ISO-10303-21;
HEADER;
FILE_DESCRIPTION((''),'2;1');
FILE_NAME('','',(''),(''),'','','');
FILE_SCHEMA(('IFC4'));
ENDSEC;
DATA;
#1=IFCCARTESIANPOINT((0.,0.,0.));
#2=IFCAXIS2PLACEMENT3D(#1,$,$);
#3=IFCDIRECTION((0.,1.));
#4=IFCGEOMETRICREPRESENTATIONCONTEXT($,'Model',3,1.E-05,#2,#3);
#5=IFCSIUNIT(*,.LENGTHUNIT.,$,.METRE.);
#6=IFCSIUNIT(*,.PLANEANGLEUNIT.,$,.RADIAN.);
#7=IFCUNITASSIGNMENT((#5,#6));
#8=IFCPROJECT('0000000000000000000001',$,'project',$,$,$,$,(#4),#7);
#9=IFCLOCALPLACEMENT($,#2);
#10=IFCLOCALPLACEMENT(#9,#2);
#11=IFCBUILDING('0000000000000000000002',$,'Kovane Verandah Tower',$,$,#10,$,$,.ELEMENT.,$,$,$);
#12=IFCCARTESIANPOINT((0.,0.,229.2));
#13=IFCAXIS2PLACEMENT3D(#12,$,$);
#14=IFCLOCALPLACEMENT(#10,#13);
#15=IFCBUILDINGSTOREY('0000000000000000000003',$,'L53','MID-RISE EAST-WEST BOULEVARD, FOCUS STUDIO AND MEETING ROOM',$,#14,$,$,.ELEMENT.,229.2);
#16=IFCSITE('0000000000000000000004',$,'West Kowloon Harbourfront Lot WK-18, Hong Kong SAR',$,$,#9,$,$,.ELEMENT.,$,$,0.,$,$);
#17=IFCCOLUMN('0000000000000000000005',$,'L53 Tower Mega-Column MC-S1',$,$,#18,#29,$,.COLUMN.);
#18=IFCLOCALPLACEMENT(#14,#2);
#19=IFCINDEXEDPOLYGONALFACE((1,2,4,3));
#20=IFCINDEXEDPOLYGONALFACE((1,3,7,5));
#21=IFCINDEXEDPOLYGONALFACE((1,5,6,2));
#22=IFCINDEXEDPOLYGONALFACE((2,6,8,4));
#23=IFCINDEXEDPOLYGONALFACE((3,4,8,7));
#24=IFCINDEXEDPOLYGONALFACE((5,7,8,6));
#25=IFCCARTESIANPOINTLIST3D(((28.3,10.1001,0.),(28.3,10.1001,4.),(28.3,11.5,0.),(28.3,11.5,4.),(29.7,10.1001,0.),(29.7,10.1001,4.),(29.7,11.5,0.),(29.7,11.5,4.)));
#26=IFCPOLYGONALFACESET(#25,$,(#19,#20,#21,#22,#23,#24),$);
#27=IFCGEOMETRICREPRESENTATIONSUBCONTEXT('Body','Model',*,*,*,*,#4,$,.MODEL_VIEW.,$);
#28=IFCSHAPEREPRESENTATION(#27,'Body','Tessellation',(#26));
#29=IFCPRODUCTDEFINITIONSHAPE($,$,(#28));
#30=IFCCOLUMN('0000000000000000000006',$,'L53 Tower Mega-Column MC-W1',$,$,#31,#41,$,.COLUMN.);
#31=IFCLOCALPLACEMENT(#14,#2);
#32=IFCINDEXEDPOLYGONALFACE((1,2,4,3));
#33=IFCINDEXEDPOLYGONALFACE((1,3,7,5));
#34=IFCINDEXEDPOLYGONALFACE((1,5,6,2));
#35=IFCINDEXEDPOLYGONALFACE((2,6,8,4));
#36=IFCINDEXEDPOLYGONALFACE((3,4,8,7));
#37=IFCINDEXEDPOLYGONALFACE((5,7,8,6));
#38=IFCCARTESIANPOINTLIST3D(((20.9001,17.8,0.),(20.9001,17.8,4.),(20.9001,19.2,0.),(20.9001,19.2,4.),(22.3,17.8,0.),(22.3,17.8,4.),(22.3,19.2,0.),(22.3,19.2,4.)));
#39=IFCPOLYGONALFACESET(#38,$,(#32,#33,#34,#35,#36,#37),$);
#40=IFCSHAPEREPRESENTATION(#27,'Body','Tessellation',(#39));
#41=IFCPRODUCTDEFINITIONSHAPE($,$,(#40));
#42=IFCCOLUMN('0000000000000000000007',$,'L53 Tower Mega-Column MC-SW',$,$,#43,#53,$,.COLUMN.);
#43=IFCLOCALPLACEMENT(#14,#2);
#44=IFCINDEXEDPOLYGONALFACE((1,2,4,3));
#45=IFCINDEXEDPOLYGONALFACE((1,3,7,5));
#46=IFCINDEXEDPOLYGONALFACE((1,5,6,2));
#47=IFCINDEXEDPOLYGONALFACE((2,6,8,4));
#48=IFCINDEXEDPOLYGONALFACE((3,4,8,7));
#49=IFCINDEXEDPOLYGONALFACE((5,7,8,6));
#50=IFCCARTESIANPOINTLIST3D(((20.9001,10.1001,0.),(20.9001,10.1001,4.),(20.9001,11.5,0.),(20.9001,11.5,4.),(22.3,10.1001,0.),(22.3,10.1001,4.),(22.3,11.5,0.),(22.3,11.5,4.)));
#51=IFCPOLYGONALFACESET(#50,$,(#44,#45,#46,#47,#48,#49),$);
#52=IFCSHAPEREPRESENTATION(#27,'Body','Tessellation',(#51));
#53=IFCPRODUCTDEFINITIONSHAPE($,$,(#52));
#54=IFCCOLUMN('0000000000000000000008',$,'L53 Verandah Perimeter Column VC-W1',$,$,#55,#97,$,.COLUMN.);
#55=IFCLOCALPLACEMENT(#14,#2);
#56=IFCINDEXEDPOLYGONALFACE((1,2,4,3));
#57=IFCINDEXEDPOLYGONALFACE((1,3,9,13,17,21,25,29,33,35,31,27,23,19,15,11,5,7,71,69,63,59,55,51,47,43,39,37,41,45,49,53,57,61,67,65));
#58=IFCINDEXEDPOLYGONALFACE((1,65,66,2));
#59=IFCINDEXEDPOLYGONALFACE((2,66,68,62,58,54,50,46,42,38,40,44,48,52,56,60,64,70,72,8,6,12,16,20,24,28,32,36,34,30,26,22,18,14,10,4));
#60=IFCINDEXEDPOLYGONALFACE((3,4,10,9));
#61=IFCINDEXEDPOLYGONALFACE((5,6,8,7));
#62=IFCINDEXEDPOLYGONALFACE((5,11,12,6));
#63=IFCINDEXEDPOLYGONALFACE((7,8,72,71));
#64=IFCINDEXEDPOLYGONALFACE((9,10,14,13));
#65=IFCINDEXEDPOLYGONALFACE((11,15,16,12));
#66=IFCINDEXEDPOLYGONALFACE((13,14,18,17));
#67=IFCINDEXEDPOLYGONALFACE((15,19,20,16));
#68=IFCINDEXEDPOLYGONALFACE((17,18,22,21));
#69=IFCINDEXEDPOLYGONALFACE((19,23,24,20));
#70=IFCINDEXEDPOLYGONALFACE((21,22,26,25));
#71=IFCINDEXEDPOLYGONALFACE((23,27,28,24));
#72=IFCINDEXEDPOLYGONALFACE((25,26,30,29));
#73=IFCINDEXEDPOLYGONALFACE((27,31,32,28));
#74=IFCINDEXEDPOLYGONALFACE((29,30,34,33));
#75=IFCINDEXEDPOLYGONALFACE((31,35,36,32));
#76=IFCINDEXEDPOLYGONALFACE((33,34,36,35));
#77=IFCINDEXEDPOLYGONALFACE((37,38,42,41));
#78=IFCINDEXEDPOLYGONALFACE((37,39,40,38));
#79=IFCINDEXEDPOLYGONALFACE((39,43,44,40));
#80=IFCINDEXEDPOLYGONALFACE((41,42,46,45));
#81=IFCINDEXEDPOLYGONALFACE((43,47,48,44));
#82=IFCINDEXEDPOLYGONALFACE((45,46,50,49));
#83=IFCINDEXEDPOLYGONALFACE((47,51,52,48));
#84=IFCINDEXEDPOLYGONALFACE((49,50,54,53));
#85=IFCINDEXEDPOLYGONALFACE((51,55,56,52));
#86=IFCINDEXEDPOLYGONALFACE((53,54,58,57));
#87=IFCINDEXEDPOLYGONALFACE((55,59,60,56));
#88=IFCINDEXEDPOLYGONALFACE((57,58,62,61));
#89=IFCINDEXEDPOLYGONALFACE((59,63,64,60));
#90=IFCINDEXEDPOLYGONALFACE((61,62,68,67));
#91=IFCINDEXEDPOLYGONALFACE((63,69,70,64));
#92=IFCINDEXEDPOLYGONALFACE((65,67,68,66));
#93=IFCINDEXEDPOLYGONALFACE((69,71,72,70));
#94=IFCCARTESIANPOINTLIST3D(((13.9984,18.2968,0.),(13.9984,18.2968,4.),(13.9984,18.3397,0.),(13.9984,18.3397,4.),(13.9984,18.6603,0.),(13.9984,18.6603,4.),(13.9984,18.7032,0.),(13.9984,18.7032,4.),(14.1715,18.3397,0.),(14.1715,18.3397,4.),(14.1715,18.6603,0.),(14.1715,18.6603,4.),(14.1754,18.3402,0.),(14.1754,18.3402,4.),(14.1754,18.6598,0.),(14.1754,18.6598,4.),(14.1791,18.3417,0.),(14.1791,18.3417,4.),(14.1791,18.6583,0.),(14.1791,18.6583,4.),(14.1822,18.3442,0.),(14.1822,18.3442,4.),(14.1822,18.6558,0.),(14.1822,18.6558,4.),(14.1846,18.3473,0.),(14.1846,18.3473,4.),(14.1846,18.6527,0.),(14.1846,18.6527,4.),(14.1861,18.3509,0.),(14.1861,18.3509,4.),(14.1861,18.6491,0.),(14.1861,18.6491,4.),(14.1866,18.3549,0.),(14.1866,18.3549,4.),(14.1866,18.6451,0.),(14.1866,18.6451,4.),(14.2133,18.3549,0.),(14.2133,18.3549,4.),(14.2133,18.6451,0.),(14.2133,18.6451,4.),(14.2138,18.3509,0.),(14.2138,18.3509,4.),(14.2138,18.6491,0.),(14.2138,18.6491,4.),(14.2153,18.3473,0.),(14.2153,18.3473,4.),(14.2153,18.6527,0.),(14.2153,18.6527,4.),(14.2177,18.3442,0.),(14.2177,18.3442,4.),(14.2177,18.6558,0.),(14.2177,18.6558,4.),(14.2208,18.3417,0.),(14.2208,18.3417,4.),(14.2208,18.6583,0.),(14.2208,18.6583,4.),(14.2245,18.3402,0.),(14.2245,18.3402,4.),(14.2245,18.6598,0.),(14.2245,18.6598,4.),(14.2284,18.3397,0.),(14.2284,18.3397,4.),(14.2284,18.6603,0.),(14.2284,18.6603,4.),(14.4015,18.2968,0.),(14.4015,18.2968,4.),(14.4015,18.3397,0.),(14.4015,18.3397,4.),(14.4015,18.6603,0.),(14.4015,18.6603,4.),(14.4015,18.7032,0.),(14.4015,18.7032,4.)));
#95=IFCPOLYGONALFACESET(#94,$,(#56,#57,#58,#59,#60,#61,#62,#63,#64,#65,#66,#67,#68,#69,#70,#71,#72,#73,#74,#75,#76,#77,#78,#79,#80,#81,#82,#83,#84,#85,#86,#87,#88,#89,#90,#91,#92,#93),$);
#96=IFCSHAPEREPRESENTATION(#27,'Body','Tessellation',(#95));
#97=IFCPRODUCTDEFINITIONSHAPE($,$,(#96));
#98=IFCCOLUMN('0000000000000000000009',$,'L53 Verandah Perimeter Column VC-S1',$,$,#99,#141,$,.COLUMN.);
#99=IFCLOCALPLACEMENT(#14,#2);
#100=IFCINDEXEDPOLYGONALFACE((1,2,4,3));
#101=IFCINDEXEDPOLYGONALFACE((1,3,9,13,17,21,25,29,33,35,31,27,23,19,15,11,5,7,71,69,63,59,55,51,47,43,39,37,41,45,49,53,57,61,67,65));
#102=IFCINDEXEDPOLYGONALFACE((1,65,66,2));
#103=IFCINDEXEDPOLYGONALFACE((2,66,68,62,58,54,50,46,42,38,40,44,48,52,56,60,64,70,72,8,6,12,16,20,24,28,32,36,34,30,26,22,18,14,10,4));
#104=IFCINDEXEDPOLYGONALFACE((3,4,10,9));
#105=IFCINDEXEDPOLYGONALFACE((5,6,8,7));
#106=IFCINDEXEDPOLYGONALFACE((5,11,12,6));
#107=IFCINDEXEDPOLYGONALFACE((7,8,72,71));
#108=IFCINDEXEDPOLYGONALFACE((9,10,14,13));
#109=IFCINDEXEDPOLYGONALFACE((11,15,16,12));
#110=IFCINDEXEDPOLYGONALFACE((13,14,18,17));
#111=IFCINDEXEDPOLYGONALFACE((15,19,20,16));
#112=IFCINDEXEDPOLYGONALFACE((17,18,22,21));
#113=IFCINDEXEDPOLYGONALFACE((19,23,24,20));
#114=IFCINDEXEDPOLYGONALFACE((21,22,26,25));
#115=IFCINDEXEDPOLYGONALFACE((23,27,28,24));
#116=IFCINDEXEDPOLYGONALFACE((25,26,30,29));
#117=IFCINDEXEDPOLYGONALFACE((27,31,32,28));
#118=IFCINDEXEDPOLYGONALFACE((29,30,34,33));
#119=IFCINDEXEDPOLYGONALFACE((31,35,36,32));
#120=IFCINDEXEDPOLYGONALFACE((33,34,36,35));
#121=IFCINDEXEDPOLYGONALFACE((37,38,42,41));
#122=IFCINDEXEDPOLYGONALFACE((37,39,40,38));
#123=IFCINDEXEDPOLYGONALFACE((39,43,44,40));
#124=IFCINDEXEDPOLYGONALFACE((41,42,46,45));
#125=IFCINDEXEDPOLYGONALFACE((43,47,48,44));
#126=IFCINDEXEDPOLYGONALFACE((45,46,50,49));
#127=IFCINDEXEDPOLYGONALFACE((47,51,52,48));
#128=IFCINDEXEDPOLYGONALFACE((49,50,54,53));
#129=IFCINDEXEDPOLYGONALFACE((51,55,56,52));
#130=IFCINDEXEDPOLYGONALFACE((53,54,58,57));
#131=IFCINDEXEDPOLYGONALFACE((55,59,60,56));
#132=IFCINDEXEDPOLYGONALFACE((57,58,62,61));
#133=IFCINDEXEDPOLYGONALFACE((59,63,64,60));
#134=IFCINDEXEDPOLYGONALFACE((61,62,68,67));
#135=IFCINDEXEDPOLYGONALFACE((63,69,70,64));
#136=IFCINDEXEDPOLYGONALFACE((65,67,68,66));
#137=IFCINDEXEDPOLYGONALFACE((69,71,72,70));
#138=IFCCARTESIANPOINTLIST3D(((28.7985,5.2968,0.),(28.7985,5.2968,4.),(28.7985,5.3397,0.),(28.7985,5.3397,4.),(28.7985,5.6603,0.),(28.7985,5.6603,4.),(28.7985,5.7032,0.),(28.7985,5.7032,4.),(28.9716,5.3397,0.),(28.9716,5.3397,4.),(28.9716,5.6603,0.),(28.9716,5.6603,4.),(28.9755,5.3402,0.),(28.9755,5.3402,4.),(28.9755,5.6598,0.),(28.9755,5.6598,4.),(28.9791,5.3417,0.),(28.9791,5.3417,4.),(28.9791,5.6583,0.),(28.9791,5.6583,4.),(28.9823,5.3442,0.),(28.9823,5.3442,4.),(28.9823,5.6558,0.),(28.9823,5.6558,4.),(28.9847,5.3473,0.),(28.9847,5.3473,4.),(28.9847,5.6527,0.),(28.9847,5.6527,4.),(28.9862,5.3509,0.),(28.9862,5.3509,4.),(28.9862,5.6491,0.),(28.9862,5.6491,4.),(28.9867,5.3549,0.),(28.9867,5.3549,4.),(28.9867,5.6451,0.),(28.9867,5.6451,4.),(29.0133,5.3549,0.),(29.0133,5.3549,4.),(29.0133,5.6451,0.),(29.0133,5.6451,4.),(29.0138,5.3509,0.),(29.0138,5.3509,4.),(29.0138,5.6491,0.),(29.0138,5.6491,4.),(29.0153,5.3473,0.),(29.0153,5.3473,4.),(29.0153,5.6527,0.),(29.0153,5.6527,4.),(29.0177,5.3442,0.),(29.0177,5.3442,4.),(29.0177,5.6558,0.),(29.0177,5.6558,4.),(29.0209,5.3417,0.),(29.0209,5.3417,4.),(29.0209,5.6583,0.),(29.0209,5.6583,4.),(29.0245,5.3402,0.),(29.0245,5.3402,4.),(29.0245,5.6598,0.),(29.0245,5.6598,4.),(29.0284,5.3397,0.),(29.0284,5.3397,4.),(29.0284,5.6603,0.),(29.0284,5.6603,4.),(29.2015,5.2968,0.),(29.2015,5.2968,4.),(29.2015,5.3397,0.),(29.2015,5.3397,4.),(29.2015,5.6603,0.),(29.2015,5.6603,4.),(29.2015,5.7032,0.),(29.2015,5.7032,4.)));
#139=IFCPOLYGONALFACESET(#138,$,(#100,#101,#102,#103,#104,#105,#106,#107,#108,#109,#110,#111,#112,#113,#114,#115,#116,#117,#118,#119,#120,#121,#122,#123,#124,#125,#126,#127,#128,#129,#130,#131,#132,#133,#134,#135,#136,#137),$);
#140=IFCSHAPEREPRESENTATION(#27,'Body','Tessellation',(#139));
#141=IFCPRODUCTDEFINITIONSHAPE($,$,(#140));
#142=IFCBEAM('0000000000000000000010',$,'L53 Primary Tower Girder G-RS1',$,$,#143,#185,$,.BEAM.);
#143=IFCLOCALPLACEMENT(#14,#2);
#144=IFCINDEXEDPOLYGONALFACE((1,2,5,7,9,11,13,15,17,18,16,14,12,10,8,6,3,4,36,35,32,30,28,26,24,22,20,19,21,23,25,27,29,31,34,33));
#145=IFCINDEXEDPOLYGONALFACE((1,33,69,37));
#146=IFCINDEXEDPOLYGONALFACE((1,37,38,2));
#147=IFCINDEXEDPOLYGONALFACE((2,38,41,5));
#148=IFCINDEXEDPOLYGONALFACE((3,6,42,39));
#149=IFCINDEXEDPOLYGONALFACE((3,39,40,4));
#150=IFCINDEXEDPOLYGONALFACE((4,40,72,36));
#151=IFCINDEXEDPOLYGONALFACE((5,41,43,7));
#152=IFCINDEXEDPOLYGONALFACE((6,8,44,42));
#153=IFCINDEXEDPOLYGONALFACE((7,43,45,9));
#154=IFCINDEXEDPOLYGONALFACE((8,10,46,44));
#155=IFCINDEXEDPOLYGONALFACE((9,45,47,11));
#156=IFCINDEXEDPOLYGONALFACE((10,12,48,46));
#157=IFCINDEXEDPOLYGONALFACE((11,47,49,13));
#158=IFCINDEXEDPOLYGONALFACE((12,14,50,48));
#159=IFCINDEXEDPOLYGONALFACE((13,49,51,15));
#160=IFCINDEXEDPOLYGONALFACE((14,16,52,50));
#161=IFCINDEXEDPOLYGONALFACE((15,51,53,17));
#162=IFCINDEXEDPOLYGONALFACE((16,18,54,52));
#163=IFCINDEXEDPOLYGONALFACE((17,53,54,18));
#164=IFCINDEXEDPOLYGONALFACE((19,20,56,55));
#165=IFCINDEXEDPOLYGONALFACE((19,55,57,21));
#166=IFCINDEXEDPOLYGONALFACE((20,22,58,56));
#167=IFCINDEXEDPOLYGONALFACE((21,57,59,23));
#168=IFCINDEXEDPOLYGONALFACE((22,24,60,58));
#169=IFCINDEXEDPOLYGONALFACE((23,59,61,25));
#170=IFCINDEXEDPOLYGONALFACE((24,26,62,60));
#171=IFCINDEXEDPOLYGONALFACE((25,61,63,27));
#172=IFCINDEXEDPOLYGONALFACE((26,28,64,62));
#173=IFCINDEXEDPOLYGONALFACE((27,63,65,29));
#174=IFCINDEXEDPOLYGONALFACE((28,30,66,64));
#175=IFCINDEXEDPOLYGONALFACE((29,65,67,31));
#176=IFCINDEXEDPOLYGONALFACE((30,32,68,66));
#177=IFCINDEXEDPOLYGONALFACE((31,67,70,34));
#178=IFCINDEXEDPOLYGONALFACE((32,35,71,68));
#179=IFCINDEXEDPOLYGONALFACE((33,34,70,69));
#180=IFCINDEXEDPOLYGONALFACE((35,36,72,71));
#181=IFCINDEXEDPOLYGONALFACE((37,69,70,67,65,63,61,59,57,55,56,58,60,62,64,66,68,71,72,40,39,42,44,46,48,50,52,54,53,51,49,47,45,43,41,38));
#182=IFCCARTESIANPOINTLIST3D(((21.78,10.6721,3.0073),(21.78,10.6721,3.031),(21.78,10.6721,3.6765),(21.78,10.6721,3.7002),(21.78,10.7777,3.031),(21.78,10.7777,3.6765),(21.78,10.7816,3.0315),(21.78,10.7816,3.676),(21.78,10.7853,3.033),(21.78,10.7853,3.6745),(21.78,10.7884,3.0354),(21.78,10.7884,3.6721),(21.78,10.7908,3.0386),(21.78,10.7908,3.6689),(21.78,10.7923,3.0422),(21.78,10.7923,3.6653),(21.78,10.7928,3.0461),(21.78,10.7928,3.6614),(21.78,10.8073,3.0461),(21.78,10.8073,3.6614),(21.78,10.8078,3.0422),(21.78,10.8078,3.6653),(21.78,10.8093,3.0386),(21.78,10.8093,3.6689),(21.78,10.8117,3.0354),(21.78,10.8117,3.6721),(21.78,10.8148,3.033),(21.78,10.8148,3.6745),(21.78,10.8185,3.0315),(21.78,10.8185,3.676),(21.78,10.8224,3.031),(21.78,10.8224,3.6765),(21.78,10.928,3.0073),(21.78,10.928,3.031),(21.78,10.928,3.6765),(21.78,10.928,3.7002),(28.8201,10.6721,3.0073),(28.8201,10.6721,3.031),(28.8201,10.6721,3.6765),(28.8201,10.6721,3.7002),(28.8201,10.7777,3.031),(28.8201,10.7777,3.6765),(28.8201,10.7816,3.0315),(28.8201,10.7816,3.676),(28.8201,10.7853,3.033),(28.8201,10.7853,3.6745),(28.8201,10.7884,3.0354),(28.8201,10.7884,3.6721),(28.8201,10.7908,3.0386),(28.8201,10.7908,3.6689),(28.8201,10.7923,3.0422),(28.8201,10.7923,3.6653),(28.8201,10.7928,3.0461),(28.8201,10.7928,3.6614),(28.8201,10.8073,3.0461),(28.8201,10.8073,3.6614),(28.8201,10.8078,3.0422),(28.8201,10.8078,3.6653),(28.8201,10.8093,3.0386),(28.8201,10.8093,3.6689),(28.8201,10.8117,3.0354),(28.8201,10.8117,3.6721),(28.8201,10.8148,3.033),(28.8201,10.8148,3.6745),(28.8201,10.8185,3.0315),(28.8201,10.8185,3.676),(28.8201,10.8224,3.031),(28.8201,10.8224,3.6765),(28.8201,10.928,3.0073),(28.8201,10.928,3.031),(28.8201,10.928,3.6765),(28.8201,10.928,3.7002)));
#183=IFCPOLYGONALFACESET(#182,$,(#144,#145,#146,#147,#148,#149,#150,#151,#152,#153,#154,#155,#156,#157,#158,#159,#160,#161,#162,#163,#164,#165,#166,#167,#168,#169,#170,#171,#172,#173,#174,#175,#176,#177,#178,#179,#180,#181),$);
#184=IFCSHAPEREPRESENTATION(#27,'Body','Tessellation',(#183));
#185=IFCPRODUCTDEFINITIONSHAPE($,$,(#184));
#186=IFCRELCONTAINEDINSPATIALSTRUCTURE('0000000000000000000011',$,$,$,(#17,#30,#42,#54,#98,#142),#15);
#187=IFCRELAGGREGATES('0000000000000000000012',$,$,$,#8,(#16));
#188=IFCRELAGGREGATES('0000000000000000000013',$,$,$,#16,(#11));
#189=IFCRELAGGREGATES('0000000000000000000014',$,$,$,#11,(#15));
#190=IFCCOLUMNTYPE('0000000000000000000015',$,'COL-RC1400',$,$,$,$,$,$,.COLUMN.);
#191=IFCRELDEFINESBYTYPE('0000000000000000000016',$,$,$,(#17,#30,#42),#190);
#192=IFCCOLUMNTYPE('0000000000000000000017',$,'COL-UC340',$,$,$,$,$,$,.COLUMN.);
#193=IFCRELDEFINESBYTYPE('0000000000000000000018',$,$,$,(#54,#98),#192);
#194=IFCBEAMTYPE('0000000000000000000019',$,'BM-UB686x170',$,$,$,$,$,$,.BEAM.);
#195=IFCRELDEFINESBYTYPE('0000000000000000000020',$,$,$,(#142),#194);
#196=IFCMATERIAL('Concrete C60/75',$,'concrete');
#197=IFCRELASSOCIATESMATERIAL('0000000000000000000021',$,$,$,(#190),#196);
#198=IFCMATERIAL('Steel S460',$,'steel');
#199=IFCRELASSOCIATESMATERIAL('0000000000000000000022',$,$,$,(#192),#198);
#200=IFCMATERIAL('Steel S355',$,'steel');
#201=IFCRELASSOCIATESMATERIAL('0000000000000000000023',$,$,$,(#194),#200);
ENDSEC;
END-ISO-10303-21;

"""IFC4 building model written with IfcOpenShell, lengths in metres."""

from ifc_helpers import new_model, si_unit, direction, frame, origin, origin_2d, place, context, subcontext, project, spatial, rectangle, i_section, extrude, material, material_profile, profile_set, type_object, element, save


model = new_model("IFC4")

# Units and contexts
model_context = context("Model", 3, precision=1e-05, world=origin(), true_north=direction((0.0, 1.0)))
body_context = subcontext(model_context, "Body", "Model", "MODEL_VIEW")
ifc_project = project(units=[si_unit("LENGTHUNIT", "METRE"), si_unit("PLANEANGLEUNIT", "RADIAN")], contexts=[model_context])

# Site, building, storey
site_placement = place(None, origin())
site = spatial("IfcSite", under=ifc_project, at=site_placement, Name="West Kowloon Harbourfront Lot WK-18, Hong Kong SAR", CompositionType="ELEMENT", RefElevation=0.0)
building_placement = place(site_placement, origin())
building = spatial("IfcBuilding", under=site, at=building_placement, Name="Kovane Verandah Tower", CompositionType="ELEMENT")
storey_placement = place(building_placement, frame((0.0, 0.0, 229.2)))
storey = spatial("IfcBuildingStorey", under=building, at=storey_placement, Name="L53", Description="MID-RISE EAST-WEST BOULEVARD, FOCUS STUDIO AND MEETING ROOM", CompositionType="ELEMENT", Elevation=229.2)

# Columns
ifc_material_1 = material(Name="Concrete C60/75", Category="concrete")
ifc_material_profile_1 = material_profile(ifc_material_1, rectangle(XDim=1.3999, YDim=1.3999, at=origin_2d()), Name="RC1400x1400")
ifc_profile_set_1 = profile_set([ifc_material_profile_1], Name="Concrete C60/75")
column_type_1 = type_object("IfcColumnType", Name="COL-RC1400", PredefinedType="COLUMN", material=ifc_profile_set_1)
for number, where, z_axis, x_axis, name in (
    (1, (29.0, 10.8, 0.0), (0.0, 0.0, 1.0), (1.0, 0.0, 0.0), "L53 Tower Mega-Column MC-S1"),
    (2, (21.6001, 18.5, 0.0), (0.0, 0.0, 1.0), (1.0, 0.0, 0.0), "L53 Tower Mega-Column MC-W1"),
    (3, (21.6001, 10.8, 0.0), (0.0, 0.0, 1.0), (1.0, 0.0, 0.0), "L53 Tower Mega-Column MC-SW"),
):
    element("IfcColumn", number, at=place(storey_placement, frame(where, z_axis=z_axis, x_axis=x_axis)), inside=storey, type_object=column_type_1, Name=name, PredefinedType="COLUMN", context=body_context, shape_type="SweptSolid", body=[
        extrude(rectangle(XDim=1.3999, YDim=1.3999, at=origin_2d()), origin(), (0.0, 0.0, 1.0), 4.0),
    ])
ifc_material_2 = material(Name="Steel S460", Category="steel")
ifc_material_profile_2 = material_profile(ifc_material_2, i_section(OverallWidth=0.4031, OverallDepth=0.4065, WebThickness=0.0266, FlangeThickness=0.043, FilletRadius=0.0151, at=origin_2d()), Name="UC356x406x340")
ifc_profile_set_2 = profile_set([ifc_material_profile_2], Name="Steel S460")
column_type_2 = type_object("IfcColumnType", Name="COL-UC340", PredefinedType="COLUMN", material=ifc_profile_set_2)
for number, where, z_axis, x_axis, name in (
    (4, (14.2, 18.5, 0.0), (0.0, 0.0, 1.0), (1.0, 0.0, 0.0), "L53 Verandah Perimeter Column VC-W1"),
    (5, (29.0, 5.5, 0.0), (0.0, 0.0, 1.0), (1.0, 0.0, 0.0), "L53 Verandah Perimeter Column VC-S1"),
):
    element("IfcColumn", number, at=place(storey_placement, frame(where, z_axis=z_axis, x_axis=x_axis)), inside=storey, type_object=column_type_2, Name=name, PredefinedType="COLUMN", context=body_context, shape_type="SweptSolid", body=[
        extrude(i_section(OverallWidth=0.4031, OverallDepth=0.4065, WebThickness=0.0266, FlangeThickness=0.043, FilletRadius=0.0151, at=origin_2d()), origin(), (0.0, 0.0, 1.0), 4.0),
    ])

# Beam
ifc_material_3 = material(Name="Steel S355", Category="steel")
ifc_material_profile_3 = material_profile(ifc_material_3, i_section(OverallWidth=0.2559, OverallDepth=0.6929, WebThickness=0.0144, FlangeThickness=0.0237, FilletRadius=0.0151, at=origin_2d()), Name="UB686x254x170")
ifc_profile_set_3 = profile_set([ifc_material_profile_3], Name="Steel S355")
beam_type_1 = type_object("IfcBeamType", Name="BM-UB686x170", PredefinedType="BEAM", material=ifc_profile_set_3)
beam_1_placement = place(storey_placement, frame((21.78, 10.8, 3.3538), z_axis=(1.0, 0.0, 0.0), x_axis=(0.0, 1.0, 0.0)))
element("IfcBeam", 6, at=beam_1_placement, inside=storey, type_object=beam_type_1, Name="L53 Primary Tower Girder G-RS1", PredefinedType="BEAM", context=body_context, shape_type="SweptSolid", body=[
    extrude(i_section(OverallWidth=0.2559, OverallDepth=0.6929, WebThickness=0.0144, FlangeThickness=0.0237, FilletRadius=0.0151, at=origin_2d()), origin(), (0.0, 0.0, 1.0), 7.04),
])

save(model, "model.ifc")
